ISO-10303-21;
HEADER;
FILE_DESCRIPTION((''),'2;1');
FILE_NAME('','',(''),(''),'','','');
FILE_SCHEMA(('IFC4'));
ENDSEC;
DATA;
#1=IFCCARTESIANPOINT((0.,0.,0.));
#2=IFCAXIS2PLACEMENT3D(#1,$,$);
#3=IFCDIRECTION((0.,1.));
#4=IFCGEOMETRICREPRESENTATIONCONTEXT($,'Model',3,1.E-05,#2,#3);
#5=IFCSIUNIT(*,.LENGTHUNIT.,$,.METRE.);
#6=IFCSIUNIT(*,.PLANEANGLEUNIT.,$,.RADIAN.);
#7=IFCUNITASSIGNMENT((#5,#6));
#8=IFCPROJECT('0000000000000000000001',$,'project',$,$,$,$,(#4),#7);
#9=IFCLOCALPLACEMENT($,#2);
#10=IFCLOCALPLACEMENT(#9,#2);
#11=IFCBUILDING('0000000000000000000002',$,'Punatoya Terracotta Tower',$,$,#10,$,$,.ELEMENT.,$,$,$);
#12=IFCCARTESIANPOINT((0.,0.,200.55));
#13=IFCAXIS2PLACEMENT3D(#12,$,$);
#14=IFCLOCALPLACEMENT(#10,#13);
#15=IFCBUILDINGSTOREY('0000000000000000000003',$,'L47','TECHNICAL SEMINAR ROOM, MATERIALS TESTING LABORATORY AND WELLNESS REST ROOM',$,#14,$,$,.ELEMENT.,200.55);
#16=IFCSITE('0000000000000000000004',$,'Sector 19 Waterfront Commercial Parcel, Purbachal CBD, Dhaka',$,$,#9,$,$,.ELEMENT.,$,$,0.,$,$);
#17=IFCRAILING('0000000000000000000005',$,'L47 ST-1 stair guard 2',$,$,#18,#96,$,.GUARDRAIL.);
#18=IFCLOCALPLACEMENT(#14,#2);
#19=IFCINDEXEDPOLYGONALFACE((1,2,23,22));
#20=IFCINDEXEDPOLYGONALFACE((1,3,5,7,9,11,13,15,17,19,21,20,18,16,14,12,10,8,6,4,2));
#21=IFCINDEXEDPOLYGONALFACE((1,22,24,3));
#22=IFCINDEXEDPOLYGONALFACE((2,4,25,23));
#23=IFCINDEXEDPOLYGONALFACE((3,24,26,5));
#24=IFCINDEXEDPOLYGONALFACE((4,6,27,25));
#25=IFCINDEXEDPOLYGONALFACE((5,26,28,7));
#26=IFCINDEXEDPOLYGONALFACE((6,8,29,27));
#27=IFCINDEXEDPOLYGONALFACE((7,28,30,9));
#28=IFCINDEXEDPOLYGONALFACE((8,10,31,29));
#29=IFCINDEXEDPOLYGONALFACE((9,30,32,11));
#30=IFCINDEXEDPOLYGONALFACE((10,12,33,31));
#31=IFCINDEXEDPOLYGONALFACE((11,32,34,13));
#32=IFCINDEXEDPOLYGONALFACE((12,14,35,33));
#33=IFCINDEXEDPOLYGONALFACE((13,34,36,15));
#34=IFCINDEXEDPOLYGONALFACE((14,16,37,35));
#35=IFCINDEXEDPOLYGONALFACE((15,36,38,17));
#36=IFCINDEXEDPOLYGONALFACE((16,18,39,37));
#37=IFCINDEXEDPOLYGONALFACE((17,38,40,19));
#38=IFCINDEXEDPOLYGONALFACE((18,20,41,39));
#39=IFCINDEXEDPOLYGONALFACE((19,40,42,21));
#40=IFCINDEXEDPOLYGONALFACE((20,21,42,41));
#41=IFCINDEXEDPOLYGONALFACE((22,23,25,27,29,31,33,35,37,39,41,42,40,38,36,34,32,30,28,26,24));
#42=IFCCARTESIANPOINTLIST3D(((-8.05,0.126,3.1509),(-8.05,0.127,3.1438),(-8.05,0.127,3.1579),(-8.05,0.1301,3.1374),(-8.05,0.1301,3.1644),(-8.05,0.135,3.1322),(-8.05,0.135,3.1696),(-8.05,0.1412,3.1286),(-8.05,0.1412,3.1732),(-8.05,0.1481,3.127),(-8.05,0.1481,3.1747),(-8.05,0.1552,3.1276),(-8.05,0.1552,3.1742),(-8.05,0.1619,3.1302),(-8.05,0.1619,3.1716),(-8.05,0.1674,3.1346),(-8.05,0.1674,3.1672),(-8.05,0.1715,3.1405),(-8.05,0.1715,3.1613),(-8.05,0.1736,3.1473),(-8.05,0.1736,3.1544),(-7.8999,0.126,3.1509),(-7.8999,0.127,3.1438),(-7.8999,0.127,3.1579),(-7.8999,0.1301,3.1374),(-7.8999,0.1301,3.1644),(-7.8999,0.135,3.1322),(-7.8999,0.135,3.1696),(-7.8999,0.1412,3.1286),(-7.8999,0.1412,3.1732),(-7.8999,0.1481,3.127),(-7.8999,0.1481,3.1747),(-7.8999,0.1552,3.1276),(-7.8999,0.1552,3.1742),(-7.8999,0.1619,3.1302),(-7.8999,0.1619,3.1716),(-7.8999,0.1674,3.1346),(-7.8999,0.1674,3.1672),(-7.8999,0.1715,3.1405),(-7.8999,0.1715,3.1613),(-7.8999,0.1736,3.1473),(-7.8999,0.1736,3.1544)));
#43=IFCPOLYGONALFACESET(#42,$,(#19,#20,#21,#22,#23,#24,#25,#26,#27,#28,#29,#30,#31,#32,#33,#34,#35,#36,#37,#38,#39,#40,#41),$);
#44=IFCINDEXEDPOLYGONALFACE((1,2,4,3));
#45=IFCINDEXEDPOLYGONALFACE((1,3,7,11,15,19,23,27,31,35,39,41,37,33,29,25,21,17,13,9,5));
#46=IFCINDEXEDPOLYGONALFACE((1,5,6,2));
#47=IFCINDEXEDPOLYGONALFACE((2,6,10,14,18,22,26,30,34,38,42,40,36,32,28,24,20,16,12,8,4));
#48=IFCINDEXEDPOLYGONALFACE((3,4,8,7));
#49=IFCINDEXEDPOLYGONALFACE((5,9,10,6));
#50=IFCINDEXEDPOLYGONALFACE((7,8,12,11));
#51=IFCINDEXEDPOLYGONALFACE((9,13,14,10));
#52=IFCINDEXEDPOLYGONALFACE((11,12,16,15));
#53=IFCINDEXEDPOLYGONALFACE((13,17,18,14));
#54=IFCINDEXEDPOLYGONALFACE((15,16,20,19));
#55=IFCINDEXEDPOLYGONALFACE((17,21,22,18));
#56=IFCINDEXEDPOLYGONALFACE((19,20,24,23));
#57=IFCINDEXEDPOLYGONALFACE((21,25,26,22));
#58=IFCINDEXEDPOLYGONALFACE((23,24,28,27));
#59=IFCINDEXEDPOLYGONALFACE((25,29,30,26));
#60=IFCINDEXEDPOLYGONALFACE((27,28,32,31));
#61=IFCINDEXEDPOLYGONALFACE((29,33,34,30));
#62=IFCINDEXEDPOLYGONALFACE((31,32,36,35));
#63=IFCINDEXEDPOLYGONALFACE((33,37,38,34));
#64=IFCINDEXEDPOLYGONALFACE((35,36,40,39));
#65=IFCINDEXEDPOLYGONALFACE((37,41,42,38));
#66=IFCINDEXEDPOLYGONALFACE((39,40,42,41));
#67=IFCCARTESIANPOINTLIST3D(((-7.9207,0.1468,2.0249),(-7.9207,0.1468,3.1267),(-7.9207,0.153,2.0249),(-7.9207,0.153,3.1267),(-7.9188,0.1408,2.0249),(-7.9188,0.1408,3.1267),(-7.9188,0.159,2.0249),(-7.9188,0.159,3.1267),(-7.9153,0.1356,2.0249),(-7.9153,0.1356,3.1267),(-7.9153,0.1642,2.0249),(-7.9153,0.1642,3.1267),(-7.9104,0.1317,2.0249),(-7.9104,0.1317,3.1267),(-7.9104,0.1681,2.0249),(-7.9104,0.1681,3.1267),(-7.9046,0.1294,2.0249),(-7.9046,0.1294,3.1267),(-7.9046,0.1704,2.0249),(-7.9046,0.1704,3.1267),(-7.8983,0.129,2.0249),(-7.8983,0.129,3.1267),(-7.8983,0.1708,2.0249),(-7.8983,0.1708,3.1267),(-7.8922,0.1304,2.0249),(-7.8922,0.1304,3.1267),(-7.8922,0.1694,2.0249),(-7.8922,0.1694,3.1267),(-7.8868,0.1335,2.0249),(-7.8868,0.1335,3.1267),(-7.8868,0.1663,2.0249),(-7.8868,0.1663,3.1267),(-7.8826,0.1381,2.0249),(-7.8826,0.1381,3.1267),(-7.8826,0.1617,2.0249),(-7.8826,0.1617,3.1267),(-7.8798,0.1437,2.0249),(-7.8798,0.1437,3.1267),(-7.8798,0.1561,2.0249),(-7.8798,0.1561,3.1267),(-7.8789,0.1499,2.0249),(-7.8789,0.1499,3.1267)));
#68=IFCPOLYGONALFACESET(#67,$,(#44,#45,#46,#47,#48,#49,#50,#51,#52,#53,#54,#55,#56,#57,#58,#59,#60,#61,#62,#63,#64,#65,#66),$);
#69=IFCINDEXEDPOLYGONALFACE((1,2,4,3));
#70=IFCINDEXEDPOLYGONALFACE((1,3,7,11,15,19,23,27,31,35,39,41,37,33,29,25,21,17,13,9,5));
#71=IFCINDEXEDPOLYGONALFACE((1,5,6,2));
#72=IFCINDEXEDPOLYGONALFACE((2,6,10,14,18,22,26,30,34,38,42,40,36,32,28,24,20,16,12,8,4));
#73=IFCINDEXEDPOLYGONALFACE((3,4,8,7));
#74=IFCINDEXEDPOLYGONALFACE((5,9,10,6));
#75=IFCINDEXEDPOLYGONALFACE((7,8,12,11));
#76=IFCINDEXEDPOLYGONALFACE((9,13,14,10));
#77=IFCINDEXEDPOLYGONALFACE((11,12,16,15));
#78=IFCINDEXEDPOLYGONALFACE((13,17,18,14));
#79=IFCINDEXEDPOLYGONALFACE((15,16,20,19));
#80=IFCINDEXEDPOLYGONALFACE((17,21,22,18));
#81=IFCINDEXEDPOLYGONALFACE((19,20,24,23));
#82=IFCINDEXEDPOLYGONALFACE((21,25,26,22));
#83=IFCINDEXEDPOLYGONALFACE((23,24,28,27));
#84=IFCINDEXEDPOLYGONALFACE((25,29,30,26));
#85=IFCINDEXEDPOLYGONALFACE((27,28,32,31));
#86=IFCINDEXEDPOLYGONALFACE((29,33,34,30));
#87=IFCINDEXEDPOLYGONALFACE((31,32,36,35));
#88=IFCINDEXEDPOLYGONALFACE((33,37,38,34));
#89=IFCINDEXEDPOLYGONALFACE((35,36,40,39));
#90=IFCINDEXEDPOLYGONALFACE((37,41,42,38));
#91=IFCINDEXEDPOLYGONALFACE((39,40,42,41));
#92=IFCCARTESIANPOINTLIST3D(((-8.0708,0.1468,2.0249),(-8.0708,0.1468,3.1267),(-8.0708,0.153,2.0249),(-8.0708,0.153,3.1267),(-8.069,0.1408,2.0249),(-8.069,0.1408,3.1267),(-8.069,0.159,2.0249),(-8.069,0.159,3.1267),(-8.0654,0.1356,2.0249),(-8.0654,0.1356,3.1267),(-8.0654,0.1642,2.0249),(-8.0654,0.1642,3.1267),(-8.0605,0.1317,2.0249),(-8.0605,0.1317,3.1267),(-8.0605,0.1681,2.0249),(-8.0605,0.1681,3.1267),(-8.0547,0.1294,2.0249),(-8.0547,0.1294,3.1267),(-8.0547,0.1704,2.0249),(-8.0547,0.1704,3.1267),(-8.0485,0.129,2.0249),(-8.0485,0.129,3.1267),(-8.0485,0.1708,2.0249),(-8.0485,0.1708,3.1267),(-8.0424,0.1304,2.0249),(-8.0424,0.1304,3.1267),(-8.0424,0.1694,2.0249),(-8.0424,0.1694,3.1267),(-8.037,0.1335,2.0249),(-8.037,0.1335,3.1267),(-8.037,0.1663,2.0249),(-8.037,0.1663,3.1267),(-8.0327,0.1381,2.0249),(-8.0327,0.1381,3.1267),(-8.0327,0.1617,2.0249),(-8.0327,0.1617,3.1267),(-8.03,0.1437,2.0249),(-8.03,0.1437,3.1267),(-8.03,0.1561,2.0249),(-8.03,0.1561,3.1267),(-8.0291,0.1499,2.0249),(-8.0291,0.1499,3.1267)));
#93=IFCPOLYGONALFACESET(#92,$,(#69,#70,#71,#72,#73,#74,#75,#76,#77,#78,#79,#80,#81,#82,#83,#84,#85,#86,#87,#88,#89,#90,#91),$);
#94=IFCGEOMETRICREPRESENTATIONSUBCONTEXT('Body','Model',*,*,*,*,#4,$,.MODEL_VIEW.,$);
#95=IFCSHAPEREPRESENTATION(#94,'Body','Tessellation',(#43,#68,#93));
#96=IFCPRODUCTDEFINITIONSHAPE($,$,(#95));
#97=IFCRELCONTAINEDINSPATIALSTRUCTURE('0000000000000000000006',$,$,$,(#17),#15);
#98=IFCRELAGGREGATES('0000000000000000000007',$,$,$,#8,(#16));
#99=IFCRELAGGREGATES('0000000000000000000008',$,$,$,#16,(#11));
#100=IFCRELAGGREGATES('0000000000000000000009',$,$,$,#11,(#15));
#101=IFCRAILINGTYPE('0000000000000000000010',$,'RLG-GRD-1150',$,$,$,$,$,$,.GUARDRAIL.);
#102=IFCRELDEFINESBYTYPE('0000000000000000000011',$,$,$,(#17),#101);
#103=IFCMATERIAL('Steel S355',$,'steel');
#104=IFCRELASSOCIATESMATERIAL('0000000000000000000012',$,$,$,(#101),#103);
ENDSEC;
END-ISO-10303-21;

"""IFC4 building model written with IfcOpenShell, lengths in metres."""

from ifc_helpers import new_model, si_unit, direction, frame, origin, origin_2d, place, context, subcontext, project, spatial, circle, extrude, material, type_object, element, save


model = new_model("IFC4")

# Units and contexts
model_context = context("Model", 3, precision=1e-05, world=origin(), true_north=direction((0.0, 1.0)))
body_context = subcontext(model_context, "Body", "Model", "MODEL_VIEW")
ifc_project = project(units=[si_unit("LENGTHUNIT", "METRE"), si_unit("PLANEANGLEUNIT", "RADIAN")], contexts=[model_context])

# Site, building, storey
site_placement = place(None, origin())
site = spatial("IfcSite", under=ifc_project, at=site_placement, Name="Sector 19 Waterfront Commercial Parcel, Purbachal CBD, Dhaka", CompositionType="ELEMENT", RefElevation=0.0)
building_placement = place(site_placement, origin())
building = spatial("IfcBuilding", under=site, at=building_placement, Name="Punatoya Terracotta Tower", CompositionType="ELEMENT")
storey_placement = place(building_placement, frame((0.0, 0.0, 200.55)))
storey = spatial("IfcBuildingStorey", under=building, at=storey_placement, Name="L47", Description="TECHNICAL SEMINAR ROOM, MATERIALS TESTING LABORATORY AND WELLNESS REST ROOM", CompositionType="ELEMENT", Elevation=200.55)

# Shared definitions
ifc_material_1 = material(Name="Steel S355", Category="steel")

# Railing
railing_type_1 = type_object("IfcRailingType", Name="RLG-GRD-1150", PredefinedType="GUARDRAIL", material=ifc_material_1)
railing_1_placement = place(storey_placement, frame((-7.8999, 0.1499, 2.0249)))
element("IfcRailing", 1, at=railing_1_placement, inside=storey, type_object=railing_type_1, Name="L47 ST-1 stair guard 2", PredefinedType="GUARDRAIL", context=body_context, shape_type="SweptSolid", body=[
    extrude(circle(Radius=0.0239, at=origin_2d()), frame((0.0, 0.0, 1.126), z_axis=(-1.0, 0.0, 0.0), x_axis=(0.0, -1.0, 0.0)), (0.0, 0.0, 1.0), 0.1501),
    extrude(circle(Radius=0.021, at=origin_2d()), origin(), (0.0, 0.0, 1.0), 1.1018),
    extrude(circle(Radius=0.021, at=origin_2d()), frame((-0.1501, 0.0, 0.0)), (0.0, 0.0, 1.0), 1.1018),
])

save(model, "model.ifc")
